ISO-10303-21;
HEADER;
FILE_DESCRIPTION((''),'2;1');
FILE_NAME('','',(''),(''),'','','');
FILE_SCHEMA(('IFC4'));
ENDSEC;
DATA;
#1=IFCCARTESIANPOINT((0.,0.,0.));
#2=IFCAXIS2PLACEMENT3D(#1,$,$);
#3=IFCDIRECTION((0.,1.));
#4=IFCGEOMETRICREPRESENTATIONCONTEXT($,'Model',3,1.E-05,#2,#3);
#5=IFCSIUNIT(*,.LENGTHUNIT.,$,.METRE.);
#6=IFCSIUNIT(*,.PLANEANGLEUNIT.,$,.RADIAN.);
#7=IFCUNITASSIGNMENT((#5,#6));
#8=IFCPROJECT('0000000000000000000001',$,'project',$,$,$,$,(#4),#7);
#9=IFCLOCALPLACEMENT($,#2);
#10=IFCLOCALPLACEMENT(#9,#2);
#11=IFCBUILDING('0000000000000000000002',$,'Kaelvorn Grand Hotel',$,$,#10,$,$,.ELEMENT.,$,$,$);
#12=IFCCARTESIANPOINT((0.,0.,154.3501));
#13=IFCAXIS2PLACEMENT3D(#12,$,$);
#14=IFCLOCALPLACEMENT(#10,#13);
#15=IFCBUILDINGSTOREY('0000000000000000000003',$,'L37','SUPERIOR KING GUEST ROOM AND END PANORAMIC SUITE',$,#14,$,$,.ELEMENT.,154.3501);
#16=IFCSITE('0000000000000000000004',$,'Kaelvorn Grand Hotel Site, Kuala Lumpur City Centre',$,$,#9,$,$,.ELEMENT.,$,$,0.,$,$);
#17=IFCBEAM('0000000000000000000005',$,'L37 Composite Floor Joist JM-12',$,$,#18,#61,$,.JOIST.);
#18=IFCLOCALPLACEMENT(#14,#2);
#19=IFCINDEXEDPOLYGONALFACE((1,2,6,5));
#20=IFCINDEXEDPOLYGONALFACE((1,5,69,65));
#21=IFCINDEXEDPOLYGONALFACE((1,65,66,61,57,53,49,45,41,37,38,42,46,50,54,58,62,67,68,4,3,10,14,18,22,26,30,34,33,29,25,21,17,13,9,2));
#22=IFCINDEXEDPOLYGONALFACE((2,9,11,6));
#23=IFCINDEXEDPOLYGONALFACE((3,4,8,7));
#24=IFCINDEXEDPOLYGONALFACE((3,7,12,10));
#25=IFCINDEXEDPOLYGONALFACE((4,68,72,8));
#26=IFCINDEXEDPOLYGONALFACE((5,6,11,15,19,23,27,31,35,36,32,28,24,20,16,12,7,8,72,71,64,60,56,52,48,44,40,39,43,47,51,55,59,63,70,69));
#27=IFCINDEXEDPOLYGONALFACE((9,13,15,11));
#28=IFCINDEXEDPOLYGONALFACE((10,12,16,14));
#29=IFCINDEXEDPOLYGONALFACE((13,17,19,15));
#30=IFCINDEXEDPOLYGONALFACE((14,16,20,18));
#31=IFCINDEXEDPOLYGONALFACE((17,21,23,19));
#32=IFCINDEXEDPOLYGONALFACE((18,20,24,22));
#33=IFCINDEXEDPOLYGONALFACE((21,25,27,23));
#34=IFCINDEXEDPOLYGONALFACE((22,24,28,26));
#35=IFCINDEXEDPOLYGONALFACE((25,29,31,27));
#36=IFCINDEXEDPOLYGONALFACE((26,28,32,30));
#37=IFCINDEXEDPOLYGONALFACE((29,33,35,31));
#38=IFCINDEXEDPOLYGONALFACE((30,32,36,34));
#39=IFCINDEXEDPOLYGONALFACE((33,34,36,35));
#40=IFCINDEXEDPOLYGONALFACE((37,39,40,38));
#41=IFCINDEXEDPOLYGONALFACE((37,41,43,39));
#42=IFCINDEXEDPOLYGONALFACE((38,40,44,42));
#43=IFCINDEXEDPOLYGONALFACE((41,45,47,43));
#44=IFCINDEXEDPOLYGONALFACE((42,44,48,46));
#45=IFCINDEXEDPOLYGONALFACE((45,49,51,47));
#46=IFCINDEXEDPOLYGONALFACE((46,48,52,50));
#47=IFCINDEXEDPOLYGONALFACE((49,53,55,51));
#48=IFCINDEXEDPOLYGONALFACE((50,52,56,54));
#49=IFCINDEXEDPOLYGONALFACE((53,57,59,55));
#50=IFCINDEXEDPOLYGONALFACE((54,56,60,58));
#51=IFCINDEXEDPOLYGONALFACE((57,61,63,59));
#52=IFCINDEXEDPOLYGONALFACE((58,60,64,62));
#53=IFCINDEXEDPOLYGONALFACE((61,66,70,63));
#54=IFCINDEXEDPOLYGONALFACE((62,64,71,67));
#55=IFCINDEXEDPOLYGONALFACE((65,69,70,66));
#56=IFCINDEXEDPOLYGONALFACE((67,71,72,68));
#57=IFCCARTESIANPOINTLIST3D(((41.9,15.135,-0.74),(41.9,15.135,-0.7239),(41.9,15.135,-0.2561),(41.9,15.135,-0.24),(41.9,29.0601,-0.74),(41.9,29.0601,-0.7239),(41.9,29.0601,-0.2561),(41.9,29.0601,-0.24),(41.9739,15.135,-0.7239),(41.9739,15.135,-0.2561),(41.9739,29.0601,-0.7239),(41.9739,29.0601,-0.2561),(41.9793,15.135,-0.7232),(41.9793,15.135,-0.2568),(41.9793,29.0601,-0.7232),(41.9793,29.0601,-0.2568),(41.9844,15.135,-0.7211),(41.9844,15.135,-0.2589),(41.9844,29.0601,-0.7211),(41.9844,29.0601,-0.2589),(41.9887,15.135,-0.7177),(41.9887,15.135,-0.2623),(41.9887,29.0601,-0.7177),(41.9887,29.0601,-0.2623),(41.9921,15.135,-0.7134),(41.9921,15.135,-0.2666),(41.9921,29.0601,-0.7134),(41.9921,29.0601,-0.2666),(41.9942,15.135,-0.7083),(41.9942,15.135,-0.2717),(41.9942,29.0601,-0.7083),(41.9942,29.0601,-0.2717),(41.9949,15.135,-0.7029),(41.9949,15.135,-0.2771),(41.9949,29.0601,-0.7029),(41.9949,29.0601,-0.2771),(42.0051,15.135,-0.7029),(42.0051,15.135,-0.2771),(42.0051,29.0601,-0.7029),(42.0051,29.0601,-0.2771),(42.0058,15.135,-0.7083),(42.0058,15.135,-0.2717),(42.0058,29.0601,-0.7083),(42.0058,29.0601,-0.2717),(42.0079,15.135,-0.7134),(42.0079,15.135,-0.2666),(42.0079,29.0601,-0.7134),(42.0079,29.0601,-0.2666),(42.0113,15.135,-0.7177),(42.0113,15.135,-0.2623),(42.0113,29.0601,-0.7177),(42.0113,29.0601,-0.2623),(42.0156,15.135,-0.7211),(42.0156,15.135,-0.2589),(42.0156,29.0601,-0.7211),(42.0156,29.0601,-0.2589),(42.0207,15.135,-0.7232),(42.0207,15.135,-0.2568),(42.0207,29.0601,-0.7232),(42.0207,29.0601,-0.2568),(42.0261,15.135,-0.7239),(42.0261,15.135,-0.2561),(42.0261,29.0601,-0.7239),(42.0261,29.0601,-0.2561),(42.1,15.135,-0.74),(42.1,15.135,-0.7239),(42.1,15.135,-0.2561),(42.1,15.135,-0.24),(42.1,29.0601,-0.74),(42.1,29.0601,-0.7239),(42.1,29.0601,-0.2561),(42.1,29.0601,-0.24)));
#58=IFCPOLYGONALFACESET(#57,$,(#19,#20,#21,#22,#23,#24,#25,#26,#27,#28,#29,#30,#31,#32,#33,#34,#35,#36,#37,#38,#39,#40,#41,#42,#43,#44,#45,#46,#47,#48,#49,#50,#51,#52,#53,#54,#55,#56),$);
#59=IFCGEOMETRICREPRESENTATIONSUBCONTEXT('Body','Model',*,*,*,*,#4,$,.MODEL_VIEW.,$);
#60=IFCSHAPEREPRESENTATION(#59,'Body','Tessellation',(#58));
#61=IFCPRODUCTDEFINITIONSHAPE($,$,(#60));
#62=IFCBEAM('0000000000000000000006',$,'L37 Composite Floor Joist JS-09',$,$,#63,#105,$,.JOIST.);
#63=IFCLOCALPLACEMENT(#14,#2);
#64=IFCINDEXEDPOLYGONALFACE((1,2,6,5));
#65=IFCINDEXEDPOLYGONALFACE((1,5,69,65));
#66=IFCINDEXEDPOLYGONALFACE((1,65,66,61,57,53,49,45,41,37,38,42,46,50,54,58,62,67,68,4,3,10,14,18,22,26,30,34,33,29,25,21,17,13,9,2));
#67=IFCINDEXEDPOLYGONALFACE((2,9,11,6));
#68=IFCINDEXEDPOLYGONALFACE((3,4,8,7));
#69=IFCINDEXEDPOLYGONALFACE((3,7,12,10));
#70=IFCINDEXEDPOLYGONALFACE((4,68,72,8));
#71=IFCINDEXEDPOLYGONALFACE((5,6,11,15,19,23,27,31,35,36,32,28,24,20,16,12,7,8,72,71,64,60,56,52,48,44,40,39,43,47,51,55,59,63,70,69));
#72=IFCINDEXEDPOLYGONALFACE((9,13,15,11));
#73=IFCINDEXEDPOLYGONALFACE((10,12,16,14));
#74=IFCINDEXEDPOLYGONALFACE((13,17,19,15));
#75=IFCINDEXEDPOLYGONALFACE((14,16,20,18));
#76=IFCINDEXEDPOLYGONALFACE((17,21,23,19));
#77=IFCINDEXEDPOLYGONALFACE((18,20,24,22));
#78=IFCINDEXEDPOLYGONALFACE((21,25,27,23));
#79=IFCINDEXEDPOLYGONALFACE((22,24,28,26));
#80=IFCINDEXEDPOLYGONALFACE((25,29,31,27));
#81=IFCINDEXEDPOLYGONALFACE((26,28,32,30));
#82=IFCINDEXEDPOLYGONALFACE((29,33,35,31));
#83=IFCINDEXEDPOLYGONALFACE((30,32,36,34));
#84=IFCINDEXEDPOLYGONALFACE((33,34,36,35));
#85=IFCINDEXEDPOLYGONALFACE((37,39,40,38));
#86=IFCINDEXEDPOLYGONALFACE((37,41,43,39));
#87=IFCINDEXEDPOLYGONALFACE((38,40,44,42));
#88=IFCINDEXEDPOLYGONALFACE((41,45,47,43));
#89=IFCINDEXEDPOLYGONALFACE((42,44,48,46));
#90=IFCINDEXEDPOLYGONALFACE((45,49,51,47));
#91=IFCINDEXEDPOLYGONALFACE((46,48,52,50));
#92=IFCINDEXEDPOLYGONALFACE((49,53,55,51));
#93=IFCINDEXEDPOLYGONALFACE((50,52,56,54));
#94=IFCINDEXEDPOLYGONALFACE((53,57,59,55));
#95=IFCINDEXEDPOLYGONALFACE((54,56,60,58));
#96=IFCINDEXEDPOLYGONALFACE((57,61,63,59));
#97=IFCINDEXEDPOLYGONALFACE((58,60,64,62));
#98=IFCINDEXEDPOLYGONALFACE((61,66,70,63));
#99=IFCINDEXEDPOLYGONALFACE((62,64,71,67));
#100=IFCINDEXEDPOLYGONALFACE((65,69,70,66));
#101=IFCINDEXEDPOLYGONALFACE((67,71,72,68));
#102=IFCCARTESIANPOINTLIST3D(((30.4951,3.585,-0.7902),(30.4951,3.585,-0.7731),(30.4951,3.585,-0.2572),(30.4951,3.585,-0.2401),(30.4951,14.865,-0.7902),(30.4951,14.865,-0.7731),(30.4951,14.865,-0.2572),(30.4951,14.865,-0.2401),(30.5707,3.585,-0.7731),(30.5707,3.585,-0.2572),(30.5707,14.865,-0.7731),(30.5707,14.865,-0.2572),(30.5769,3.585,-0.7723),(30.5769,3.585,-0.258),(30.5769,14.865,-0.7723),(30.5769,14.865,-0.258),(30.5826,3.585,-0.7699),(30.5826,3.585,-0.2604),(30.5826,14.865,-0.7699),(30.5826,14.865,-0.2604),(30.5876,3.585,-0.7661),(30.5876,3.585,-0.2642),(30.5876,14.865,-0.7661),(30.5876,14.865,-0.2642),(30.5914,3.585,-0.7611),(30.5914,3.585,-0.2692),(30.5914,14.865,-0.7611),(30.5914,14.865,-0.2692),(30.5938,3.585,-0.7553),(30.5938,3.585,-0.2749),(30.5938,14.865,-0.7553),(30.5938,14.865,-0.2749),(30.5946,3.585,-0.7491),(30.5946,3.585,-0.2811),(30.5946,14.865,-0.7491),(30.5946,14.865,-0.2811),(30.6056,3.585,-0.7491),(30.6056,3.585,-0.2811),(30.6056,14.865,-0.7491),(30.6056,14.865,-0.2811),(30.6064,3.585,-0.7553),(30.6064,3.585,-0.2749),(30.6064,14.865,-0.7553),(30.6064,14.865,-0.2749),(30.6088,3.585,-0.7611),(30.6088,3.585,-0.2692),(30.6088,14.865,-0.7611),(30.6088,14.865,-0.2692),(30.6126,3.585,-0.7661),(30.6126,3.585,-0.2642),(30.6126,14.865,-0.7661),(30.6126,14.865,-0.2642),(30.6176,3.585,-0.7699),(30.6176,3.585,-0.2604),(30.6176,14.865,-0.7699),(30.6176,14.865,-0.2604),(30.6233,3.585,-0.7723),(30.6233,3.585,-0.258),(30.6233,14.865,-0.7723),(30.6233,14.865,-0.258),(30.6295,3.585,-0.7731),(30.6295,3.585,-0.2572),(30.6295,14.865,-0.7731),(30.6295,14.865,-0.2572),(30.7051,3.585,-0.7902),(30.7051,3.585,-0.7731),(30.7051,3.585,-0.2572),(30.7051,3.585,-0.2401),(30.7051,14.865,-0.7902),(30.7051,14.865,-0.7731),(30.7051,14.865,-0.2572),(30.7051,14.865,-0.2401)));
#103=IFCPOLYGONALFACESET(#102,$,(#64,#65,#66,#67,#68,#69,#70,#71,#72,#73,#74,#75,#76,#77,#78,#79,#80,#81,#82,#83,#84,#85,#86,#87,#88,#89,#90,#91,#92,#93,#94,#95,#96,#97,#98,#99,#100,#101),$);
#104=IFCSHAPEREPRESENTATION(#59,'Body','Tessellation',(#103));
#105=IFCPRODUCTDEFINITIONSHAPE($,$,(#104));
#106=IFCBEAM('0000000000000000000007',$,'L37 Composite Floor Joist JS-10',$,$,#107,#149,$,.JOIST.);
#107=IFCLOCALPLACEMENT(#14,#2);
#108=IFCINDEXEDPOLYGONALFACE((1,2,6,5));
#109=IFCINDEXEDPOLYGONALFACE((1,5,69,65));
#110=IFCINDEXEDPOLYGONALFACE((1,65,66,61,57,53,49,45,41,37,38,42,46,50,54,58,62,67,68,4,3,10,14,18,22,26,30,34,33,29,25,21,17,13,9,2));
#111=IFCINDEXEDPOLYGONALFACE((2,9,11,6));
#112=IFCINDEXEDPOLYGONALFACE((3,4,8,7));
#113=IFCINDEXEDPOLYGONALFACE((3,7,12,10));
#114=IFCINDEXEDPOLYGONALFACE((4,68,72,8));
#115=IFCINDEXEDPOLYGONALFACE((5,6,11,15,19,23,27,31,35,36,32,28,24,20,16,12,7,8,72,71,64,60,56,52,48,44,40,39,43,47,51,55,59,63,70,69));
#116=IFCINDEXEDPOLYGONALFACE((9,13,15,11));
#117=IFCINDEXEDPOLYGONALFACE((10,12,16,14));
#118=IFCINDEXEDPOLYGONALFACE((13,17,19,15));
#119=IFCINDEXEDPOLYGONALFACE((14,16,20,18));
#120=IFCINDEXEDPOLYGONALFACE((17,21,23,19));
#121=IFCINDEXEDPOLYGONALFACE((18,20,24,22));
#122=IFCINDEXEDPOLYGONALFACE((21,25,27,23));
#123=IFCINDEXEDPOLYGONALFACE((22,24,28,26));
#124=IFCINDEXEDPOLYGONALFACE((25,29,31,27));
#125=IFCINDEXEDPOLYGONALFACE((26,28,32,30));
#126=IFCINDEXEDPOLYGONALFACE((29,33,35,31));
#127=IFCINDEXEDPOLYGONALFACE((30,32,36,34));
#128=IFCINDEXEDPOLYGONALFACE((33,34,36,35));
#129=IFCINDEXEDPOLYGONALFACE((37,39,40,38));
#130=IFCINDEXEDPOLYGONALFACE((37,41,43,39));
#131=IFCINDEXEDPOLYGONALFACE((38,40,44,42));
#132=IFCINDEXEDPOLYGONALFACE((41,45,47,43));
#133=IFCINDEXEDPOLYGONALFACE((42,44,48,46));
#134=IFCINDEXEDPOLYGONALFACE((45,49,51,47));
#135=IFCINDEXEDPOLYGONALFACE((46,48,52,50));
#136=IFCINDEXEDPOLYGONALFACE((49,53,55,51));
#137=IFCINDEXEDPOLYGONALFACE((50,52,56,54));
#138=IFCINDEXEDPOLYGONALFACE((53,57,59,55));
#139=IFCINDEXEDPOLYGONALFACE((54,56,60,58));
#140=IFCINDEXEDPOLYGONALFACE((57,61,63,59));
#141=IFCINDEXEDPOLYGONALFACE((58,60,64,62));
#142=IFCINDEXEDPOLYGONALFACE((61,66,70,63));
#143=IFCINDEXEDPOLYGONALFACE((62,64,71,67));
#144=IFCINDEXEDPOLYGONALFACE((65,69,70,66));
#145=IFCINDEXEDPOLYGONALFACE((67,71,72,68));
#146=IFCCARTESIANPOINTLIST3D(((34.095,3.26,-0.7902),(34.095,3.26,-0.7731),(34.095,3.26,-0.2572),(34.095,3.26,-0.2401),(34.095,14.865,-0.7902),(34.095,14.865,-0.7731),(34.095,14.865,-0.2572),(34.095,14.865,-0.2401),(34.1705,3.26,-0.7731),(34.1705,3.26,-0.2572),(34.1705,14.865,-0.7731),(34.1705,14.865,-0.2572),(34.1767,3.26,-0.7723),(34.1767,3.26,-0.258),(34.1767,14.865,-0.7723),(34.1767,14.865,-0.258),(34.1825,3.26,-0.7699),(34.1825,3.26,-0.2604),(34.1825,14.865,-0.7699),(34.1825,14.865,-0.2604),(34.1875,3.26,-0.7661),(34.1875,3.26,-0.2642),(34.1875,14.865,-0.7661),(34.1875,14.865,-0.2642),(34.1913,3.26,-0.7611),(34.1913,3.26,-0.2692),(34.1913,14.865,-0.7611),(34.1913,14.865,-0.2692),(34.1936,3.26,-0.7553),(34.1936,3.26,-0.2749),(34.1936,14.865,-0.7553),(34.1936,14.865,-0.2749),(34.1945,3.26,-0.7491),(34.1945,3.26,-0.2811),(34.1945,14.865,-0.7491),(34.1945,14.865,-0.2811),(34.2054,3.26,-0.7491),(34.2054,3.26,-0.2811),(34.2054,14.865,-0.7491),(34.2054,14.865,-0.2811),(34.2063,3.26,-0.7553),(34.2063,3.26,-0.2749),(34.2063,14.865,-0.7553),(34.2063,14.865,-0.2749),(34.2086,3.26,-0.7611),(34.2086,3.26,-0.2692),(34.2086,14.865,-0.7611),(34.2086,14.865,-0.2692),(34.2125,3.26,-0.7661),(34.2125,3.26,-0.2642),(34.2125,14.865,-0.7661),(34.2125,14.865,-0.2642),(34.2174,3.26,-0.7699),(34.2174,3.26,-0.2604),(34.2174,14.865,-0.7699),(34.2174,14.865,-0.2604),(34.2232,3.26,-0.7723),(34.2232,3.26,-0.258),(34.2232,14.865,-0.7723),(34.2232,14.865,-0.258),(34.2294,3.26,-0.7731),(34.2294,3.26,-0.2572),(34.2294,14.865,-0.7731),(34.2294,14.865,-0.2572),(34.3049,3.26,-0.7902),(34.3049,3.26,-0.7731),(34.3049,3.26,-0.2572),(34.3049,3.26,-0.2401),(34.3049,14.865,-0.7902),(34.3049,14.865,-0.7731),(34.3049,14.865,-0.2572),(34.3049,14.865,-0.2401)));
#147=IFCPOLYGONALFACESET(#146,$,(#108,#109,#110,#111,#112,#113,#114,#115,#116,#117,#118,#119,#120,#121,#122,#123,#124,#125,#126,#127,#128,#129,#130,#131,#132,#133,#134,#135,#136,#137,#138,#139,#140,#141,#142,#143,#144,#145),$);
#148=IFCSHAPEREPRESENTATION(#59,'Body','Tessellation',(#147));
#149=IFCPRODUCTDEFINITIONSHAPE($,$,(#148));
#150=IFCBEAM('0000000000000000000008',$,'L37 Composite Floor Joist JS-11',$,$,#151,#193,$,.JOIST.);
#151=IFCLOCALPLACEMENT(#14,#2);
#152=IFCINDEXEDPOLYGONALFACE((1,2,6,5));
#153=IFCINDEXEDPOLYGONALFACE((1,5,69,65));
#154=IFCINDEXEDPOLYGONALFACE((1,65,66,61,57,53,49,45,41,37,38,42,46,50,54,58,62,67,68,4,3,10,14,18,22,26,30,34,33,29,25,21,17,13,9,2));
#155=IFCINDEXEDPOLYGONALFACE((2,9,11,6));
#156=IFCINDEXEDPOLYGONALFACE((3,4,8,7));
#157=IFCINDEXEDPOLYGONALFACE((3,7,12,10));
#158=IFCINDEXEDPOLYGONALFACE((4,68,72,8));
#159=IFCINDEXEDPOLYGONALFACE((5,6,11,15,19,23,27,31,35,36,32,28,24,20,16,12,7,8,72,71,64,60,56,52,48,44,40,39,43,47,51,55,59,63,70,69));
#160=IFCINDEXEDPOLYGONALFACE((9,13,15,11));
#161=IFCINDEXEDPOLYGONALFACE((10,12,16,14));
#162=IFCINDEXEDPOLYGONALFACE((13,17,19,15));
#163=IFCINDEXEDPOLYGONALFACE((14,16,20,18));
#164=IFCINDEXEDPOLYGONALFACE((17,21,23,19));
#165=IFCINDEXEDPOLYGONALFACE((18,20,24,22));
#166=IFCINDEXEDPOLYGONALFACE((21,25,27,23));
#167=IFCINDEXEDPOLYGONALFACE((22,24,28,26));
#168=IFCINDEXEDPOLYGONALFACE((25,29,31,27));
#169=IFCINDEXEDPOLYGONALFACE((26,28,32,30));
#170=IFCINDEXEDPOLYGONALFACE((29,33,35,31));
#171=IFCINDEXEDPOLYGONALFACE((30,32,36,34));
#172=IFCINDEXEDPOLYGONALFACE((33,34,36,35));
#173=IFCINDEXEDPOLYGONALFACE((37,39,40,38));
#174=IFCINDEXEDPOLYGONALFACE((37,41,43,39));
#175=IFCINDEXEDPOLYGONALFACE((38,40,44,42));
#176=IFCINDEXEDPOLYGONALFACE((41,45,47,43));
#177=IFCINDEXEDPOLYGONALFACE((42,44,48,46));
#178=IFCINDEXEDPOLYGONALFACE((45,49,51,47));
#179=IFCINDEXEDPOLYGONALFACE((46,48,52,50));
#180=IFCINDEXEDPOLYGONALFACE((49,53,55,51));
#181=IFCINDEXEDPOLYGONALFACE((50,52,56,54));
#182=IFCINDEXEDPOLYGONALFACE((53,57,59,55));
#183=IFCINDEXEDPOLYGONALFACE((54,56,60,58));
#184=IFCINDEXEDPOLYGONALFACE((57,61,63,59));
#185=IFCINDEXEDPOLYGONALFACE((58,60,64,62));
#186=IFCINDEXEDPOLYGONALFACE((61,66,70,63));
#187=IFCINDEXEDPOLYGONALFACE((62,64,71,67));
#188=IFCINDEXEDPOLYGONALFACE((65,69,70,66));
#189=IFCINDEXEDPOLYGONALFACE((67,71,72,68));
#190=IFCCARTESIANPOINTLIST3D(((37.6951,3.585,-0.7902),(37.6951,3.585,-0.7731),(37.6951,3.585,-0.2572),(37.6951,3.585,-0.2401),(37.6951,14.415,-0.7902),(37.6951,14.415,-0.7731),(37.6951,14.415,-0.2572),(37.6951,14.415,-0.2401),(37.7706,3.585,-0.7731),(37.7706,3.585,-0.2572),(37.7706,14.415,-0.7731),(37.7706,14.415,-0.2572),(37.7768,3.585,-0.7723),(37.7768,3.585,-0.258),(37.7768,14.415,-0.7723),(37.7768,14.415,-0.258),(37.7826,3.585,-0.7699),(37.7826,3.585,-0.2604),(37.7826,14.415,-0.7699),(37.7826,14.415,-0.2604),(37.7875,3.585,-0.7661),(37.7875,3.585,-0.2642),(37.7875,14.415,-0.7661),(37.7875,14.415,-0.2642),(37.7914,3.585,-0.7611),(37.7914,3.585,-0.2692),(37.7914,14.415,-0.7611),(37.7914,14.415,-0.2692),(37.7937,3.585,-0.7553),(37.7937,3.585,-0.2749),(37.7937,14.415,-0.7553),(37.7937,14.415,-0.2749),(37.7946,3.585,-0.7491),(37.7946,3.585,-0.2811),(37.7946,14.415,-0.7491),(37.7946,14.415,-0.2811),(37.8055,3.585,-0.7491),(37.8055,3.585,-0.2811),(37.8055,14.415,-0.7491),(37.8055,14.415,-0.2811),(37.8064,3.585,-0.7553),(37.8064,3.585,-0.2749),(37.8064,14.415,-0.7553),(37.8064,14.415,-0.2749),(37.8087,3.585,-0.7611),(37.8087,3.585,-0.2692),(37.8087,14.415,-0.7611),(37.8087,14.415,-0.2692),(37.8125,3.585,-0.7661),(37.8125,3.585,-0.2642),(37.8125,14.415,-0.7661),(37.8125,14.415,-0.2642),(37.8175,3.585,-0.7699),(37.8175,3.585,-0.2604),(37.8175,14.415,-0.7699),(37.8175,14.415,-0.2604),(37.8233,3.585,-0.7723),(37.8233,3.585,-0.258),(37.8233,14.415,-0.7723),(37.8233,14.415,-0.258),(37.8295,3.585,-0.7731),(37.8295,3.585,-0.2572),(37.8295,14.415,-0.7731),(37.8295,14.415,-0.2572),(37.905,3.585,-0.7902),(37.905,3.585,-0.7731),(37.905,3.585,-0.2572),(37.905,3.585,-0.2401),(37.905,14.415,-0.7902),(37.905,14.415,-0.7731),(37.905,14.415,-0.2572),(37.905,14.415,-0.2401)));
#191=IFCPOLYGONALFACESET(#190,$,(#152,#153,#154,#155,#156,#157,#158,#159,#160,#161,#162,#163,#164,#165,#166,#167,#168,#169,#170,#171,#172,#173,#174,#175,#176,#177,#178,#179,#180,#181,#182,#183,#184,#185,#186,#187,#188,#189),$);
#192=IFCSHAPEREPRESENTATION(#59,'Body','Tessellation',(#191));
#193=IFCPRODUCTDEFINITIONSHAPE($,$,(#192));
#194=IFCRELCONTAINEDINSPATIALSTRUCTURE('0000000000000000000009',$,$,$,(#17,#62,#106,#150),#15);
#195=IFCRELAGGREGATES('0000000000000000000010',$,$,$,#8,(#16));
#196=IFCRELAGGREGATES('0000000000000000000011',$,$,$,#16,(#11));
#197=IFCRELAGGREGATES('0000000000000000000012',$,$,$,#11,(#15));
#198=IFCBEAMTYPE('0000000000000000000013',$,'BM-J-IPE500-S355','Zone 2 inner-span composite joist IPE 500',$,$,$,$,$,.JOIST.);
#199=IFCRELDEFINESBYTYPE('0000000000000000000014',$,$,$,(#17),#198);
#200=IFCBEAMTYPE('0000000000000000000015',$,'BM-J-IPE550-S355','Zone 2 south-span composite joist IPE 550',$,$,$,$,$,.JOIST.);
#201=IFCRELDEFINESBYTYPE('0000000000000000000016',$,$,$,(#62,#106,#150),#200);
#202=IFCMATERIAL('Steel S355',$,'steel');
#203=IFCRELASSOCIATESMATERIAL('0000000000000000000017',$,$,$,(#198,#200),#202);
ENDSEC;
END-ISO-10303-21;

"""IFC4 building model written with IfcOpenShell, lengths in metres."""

from ifc_helpers import new_model, si_unit, direction, frame, origin, origin_2d, place, context, subcontext, project, spatial, i_section, extrude, material, material_profile, profile_set, type_object, element, save


model = new_model("IFC4")

# Units and contexts
model_context = context("Model", 3, precision=1e-05, world=origin(), true_north=direction((0.0, 1.0)))
body_context = subcontext(model_context, "Body", "Model", "MODEL_VIEW")
ifc_project = project(units=[si_unit("LENGTHUNIT", "METRE"), si_unit("PLANEANGLEUNIT", "RADIAN")], contexts=[model_context])

# Site, building, storey
site_placement = place(None, origin())
site = spatial("IfcSite", under=ifc_project, at=site_placement, Name="Kaelvorn Grand Hotel Site, Kuala Lumpur City Centre", CompositionType="ELEMENT", RefElevation=0.0)
building_placement = place(site_placement, origin())
building = spatial("IfcBuilding", under=site, at=building_placement, Name="Kaelvorn Grand Hotel", CompositionType="ELEMENT")
storey_placement = place(building_placement, frame((0.0, 0.0, 154.3501)))
storey = spatial("IfcBuildingStorey", under=building, at=storey_placement, Name="L37", Description="SUPERIOR KING GUEST ROOM AND END PANORAMIC SUITE", CompositionType="ELEMENT", Elevation=154.3501)

# Beams
ifc_material_1 = material(Name="Steel S355", Category="steel")
ifc_material_profile_1 = material_profile(ifc_material_1, i_section(OverallWidth=0.2, OverallDepth=0.5, WebThickness=0.0103, FlangeThickness=0.0161, FilletRadius=0.021, at=origin_2d()), Name="IPE 500")
ifc_profile_set_1 = profile_set([ifc_material_profile_1], Name="Steel S355")
beam_type_1 = type_object("IfcBeamType", Name="BM-J-IPE500-S355", Description="Zone 2 inner-span composite joist IPE 500", PredefinedType="JOIST", material=ifc_profile_set_1)
for number, where, z_axis, x_axis, name in (
    (1, (42.0, 15.135, -0.49), (0.0, 1.0, 0.0), (-1.0, 0.0, 0.0), "L37 Composite Floor Joist JM-12"),
):
    element("IfcBeam", number, at=place(storey_placement, frame(where, z_axis=z_axis, x_axis=x_axis)), inside=storey, type_object=beam_type_1, Name=name, PredefinedType="JOIST", context=body_context, shape_type="SweptSolid", body=[
        extrude(i_section(OverallWidth=0.2, OverallDepth=0.5, WebThickness=0.0103, FlangeThickness=0.0161, FilletRadius=0.021, at=origin_2d()), origin(), (0.0, 0.0, 1.0), 13.925),
    ])
ifc_material_profile_2 = material_profile(ifc_material_1, i_section(OverallWidth=0.21, OverallDepth=0.55, WebThickness=0.011, FlangeThickness=0.0171, FilletRadius=0.0239, at=origin_2d()), Name="IPE 550")
ifc_profile_set_2 = profile_set([ifc_material_profile_2], Name="Steel S355")
beam_type_2 = type_object("IfcBeamType", Name="BM-J-IPE550-S355", Description="Zone 2 south-span composite joist IPE 550", PredefinedType="JOIST", material=ifc_profile_set_2)
beam_1_placement = place(storey_placement, frame((30.6001, 3.585, -0.5151), z_axis=(0.0, 1.0, 0.0), x_axis=(-1.0, 0.0, 0.0)))
element("IfcBeam", 2, at=beam_1_placement, inside=storey, type_object=beam_type_2, Name="L37 Composite Floor Joist JS-09", PredefinedType="JOIST", context=body_context, shape_type="SweptSolid", body=[
    extrude(i_section(OverallWidth=0.21, OverallDepth=0.55, WebThickness=0.011, FlangeThickness=0.0171, FilletRadius=0.0239, at=origin_2d()), origin(), (0.0, 0.0, 1.0), 11.28),
])
beam_2_placement = place(storey_placement, frame((34.2, 3.26, -0.5151), z_axis=(0.0, 1.0, 0.0), x_axis=(-1.0, 0.0, 0.0)))
element("IfcBeam", 3, at=beam_2_placement, inside=storey, type_object=beam_type_2, Name="L37 Composite Floor Joist JS-10", PredefinedType="JOIST", context=body_context, shape_type="SweptSolid", body=[
    extrude(i_section(OverallWidth=0.21, OverallDepth=0.55, WebThickness=0.011, FlangeThickness=0.0171, FilletRadius=0.0239, at=origin_2d()), origin(), (0.0, 0.0, 1.0), 11.605),
])
beam_3_placement = place(storey_placement, frame((37.8, 3.585, -0.5151), z_axis=(0.0, 1.0, 0.0), x_axis=(-1.0, 0.0, 0.0)))
element("IfcBeam", 4, at=beam_3_placement, inside=storey, type_object=beam_type_2, Name="L37 Composite Floor Joist JS-11", PredefinedType="JOIST", context=body_context, shape_type="SweptSolid", body=[
    extrude(i_section(OverallWidth=0.21, OverallDepth=0.55, WebThickness=0.011, FlangeThickness=0.0171, FilletRadius=0.0239, at=origin_2d()), origin(), (0.0, 0.0, 1.0), 10.8301),
])

save(model, "model.ifc")
